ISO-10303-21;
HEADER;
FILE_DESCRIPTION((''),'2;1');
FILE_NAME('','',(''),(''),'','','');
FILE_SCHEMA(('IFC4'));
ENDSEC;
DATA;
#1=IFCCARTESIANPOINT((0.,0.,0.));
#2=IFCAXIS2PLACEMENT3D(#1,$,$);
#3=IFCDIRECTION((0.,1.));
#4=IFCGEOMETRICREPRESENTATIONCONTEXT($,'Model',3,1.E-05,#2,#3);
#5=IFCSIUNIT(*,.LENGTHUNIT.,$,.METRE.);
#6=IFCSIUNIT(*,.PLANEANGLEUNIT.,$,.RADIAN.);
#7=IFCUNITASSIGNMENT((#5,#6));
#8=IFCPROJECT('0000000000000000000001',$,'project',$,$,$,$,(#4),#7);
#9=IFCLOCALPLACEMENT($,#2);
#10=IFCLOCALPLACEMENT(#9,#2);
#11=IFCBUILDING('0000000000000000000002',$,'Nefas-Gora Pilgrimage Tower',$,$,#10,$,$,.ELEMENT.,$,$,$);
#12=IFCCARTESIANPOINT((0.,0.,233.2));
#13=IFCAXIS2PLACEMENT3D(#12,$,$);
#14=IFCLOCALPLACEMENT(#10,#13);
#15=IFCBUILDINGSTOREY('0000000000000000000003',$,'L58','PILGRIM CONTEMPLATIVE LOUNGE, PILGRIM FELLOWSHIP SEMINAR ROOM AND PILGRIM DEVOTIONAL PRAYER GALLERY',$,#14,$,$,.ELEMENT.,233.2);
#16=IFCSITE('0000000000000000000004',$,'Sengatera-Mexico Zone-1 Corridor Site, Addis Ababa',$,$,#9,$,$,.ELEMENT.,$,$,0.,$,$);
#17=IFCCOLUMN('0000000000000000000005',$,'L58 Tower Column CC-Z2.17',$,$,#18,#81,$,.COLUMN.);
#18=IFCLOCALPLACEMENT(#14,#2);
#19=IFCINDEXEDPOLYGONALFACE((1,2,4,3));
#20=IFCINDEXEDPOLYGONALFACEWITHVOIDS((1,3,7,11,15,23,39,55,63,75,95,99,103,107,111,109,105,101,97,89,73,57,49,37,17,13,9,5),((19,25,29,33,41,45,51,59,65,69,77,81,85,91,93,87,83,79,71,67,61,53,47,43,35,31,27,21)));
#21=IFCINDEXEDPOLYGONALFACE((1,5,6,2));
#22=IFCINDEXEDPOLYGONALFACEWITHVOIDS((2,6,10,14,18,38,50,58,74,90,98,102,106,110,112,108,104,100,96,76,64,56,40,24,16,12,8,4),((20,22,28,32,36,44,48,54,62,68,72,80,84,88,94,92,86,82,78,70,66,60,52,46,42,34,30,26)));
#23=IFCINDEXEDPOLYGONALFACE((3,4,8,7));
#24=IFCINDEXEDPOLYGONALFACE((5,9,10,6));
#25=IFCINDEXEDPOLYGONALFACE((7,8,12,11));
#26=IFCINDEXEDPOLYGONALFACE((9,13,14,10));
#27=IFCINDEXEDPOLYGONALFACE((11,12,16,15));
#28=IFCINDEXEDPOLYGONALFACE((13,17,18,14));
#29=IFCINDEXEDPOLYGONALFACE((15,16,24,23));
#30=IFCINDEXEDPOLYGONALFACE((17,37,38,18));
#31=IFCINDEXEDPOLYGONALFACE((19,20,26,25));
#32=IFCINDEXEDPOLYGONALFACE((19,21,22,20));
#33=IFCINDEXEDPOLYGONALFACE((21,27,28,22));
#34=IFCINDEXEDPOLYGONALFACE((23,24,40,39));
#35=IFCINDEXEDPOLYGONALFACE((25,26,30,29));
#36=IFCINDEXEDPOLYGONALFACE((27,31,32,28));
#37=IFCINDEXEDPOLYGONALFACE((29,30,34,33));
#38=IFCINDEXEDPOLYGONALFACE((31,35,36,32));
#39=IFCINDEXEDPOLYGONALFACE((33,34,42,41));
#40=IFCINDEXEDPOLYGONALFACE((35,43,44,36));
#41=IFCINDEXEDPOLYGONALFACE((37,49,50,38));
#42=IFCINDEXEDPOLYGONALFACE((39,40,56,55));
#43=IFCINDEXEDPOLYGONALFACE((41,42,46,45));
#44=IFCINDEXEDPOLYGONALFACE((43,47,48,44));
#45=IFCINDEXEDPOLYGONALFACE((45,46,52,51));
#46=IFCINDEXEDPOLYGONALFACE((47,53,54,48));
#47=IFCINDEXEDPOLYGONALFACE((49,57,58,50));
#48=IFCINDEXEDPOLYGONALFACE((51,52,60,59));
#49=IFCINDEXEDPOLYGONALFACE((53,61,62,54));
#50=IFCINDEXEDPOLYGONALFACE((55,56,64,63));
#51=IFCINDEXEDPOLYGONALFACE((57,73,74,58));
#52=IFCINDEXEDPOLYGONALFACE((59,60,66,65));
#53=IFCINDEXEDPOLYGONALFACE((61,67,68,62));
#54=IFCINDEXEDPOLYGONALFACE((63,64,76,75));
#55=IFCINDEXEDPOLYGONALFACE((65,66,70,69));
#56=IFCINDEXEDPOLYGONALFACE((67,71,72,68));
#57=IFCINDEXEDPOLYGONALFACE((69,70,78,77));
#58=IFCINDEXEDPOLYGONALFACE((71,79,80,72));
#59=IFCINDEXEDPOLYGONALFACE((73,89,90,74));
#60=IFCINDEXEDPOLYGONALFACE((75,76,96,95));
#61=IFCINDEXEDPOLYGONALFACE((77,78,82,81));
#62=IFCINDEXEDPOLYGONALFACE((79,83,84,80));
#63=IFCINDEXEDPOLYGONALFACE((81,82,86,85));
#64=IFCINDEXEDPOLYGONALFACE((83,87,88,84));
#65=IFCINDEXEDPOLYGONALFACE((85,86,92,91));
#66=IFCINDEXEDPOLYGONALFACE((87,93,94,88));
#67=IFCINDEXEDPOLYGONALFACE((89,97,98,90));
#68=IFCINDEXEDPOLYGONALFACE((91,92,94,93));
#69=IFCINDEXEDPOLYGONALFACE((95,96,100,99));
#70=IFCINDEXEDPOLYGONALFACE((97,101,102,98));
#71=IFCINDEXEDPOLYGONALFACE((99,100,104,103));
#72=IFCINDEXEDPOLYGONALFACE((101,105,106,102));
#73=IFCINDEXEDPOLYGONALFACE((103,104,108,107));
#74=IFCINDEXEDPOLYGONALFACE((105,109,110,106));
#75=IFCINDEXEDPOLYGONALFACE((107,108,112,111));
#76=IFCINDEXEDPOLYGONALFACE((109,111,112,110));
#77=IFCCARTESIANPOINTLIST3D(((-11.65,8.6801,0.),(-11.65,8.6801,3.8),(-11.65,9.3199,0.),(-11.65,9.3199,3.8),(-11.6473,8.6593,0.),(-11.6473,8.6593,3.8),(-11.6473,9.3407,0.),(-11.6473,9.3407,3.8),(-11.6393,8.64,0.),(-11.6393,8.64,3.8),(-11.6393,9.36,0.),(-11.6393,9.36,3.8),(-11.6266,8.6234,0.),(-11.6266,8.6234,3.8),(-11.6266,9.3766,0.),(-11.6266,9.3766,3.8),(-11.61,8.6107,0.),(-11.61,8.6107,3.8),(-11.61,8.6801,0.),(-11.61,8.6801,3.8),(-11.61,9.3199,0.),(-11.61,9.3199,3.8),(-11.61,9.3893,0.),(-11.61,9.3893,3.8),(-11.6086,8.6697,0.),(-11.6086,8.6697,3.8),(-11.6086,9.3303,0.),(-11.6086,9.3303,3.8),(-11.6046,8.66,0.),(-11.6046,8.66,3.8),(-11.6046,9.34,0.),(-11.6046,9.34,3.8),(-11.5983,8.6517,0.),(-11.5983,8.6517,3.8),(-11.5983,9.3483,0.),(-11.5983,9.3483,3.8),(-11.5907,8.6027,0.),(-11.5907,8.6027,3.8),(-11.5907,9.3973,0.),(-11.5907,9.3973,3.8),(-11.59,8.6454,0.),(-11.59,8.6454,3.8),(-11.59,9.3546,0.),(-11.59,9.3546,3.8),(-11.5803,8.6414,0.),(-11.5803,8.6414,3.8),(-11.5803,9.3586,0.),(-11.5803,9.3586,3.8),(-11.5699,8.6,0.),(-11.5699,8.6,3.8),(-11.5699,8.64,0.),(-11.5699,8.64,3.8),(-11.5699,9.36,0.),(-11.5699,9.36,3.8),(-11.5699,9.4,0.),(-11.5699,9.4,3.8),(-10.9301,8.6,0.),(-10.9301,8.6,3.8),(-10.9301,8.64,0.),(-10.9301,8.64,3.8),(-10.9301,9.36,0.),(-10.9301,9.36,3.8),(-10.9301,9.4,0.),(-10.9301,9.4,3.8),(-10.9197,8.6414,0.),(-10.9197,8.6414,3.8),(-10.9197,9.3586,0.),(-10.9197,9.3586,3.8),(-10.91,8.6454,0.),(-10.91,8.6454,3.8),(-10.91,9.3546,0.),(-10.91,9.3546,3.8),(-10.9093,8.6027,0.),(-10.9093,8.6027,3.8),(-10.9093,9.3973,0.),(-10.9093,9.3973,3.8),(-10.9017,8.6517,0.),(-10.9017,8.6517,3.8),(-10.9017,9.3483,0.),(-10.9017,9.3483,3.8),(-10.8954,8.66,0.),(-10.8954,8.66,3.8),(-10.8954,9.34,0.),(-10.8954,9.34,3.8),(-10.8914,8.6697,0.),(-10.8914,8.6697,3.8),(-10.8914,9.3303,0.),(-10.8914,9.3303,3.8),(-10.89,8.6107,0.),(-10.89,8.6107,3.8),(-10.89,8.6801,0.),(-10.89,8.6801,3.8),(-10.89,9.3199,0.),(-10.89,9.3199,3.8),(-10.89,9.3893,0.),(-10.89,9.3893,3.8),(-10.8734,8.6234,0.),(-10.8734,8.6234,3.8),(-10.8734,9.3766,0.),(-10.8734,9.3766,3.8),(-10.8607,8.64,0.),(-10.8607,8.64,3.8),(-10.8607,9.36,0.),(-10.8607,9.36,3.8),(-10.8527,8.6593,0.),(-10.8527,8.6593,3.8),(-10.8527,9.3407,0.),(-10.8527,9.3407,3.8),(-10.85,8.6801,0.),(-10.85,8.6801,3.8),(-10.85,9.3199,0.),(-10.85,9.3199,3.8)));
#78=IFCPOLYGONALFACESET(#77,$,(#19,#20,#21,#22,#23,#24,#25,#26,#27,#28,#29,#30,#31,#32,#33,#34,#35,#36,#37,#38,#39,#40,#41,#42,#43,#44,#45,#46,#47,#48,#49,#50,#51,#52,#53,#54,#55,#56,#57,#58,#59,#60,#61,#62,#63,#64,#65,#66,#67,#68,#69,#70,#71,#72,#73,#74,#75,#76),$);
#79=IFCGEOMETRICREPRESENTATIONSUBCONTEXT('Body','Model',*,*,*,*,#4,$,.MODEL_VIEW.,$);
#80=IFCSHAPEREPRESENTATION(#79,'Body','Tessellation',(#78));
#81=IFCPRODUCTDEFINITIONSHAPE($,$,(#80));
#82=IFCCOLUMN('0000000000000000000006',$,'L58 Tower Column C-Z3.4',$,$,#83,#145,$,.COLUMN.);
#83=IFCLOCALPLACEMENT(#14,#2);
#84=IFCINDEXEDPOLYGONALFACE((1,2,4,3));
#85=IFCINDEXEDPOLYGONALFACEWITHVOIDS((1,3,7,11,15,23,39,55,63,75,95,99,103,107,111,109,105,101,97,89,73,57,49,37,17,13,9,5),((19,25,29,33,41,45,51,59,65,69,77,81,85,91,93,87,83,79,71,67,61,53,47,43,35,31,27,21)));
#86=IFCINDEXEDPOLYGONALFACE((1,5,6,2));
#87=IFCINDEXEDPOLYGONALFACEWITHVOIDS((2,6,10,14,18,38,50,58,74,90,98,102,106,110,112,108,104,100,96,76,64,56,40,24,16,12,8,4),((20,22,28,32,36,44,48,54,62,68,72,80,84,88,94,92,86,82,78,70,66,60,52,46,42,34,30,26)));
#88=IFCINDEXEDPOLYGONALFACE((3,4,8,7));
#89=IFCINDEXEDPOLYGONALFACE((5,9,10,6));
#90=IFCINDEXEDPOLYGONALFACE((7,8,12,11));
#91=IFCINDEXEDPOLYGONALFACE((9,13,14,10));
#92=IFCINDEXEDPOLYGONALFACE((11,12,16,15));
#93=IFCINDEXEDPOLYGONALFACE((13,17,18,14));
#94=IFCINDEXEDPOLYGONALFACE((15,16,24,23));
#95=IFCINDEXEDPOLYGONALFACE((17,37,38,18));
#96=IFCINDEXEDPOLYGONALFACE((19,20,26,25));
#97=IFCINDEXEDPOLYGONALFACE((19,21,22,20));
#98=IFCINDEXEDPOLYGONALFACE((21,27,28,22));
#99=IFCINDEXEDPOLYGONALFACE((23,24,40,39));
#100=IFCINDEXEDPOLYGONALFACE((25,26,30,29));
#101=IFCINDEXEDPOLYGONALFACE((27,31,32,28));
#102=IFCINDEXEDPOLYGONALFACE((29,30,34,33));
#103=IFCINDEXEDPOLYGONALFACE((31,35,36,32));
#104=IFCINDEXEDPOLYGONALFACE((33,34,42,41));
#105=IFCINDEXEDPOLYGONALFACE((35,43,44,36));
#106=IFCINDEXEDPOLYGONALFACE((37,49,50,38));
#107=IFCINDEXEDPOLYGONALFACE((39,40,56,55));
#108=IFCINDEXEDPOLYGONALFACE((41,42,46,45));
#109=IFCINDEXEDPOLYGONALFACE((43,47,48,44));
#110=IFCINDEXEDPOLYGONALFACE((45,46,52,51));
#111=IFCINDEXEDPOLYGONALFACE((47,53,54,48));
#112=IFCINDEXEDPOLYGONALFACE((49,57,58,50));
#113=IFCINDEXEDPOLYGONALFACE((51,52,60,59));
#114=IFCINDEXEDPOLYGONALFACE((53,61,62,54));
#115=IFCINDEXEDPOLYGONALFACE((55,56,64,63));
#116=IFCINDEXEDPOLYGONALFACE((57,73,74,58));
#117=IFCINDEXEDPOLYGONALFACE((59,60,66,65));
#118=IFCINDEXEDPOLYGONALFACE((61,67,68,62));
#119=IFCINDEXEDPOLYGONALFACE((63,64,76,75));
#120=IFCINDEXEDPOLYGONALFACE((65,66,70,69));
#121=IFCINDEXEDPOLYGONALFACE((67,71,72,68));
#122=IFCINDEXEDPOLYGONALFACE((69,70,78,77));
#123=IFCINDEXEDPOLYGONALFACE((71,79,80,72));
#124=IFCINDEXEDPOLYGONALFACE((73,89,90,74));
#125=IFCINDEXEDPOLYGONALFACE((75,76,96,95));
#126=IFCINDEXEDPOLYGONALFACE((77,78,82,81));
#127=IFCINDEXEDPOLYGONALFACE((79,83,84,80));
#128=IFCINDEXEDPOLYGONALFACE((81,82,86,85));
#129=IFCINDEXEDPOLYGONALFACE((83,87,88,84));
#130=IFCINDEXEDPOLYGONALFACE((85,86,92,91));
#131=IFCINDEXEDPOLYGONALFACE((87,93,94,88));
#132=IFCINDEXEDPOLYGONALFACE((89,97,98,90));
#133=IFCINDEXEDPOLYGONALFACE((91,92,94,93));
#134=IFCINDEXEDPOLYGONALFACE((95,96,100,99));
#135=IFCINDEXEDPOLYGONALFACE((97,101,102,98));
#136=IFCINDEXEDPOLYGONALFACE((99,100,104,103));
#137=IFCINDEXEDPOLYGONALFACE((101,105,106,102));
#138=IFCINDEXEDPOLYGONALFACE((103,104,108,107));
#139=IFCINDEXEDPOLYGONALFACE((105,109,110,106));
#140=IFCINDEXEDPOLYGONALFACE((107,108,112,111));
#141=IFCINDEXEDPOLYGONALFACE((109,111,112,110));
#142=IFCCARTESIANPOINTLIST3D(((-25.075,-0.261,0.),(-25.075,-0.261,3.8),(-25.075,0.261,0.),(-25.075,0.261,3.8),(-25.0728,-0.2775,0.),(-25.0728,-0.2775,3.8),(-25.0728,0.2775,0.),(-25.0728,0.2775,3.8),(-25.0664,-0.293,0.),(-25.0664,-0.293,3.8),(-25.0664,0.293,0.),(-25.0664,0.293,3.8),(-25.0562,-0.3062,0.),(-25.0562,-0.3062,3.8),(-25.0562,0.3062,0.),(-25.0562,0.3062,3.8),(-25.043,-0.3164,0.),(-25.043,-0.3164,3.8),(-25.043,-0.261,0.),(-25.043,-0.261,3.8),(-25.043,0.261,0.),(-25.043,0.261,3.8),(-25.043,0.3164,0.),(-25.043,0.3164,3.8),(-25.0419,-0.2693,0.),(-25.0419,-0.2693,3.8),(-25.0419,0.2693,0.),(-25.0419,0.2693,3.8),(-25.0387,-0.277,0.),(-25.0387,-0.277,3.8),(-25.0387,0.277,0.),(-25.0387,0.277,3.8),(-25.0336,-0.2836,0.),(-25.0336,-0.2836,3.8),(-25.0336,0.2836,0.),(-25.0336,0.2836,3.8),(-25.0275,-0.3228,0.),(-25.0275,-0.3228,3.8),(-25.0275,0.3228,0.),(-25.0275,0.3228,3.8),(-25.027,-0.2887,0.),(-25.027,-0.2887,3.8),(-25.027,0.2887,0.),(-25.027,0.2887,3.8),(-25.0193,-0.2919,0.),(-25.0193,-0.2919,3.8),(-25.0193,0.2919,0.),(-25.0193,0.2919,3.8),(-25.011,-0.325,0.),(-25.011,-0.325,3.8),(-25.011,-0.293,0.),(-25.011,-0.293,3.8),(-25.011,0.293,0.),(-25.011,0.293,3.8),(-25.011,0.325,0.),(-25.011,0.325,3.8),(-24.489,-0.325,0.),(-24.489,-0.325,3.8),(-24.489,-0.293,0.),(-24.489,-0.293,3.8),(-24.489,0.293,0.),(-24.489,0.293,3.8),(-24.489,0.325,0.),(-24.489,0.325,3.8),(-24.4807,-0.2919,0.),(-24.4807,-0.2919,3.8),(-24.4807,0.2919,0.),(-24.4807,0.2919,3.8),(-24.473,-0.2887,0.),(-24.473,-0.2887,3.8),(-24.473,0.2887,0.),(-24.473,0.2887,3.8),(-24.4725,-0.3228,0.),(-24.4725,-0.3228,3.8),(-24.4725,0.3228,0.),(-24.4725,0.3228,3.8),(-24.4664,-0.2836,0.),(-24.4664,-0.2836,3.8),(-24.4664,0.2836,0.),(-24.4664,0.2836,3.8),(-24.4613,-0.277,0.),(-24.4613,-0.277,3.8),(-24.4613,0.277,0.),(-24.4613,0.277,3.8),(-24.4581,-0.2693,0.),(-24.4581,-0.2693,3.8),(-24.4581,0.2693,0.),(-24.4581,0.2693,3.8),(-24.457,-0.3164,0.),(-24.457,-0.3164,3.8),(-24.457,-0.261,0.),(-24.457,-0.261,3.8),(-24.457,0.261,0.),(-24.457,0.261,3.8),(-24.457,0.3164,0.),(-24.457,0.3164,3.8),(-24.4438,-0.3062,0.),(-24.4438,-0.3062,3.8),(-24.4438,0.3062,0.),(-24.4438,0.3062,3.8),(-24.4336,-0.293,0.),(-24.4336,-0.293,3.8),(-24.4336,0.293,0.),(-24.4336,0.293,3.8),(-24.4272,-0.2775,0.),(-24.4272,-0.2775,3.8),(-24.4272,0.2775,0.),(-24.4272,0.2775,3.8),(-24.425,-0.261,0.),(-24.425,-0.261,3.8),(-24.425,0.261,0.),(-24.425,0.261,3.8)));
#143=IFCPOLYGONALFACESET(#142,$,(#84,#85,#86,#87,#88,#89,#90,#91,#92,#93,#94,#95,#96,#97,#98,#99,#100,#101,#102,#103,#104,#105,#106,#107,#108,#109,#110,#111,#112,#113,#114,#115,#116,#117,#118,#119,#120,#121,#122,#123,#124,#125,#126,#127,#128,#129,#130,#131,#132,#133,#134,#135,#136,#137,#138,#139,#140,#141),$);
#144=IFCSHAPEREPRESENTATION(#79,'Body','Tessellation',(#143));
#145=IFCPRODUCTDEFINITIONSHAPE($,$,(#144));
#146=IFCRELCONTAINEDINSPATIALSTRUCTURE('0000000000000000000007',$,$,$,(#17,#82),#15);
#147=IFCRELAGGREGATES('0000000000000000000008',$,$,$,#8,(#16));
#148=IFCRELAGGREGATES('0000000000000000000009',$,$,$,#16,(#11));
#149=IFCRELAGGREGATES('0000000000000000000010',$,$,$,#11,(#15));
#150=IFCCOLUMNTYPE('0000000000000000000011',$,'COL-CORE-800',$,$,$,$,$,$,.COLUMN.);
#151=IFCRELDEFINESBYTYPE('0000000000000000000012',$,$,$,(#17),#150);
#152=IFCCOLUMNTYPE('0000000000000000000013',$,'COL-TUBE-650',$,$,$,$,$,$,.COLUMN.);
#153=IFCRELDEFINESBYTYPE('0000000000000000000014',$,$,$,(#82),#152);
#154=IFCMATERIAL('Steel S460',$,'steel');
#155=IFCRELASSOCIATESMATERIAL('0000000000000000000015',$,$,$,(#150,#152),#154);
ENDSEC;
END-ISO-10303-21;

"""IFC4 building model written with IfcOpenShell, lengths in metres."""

from ifc_helpers import new_model, si_unit, direction, frame, origin, origin_2d, place, context, subcontext, project, spatial, hollow_rectangle, extrude, source, transform, mapped, material, material_profile, profile_set, type_object, element, save


model = new_model("IFC4")

# Units and contexts
model_context = context("Model", 3, precision=1e-05, world=origin(), true_north=direction((0.0, 1.0)))
body_context = subcontext(model_context, "Body", "Model", "MODEL_VIEW")
ifc_project = project(units=[si_unit("LENGTHUNIT", "METRE"), si_unit("PLANEANGLEUNIT", "RADIAN")], contexts=[model_context])

# Site, building, storey
site_placement = place(None, origin())
site = spatial("IfcSite", under=ifc_project, at=site_placement, Name="Sengatera-Mexico Zone-1 Corridor Site, Addis Ababa", CompositionType="ELEMENT", RefElevation=0.0)
building_placement = place(site_placement, origin())
building = spatial("IfcBuilding", under=site, at=building_placement, Name="Nefas-Gora Pilgrimage Tower", CompositionType="ELEMENT")
storey_placement = place(building_placement, frame((0.0, 0.0, 233.2)))
storey = spatial("IfcBuildingStorey", under=building, at=storey_placement, Name="L58", Description="PILGRIM CONTEMPLATIVE LOUNGE, PILGRIM FELLOWSHIP SEMINAR ROOM AND PILGRIM DEVOTIONAL PRAYER GALLERY", CompositionType="ELEMENT", Elevation=233.2)

# Columns
ifc_material_1 = material(Name="Steel S460", Category="steel")
ifc_material_profile_1 = material_profile(ifc_material_1, hollow_rectangle(XDim=0.8, YDim=0.8, WallThickness=0.04, InnerFilletRadius=0.04, OuterFilletRadius=0.0801, at=origin_2d()), Name="BOX 800x800x40")
ifc_profile_set_1 = profile_set([ifc_material_profile_1], Name="Steel S460")
column_type_1 = type_object("IfcColumnType", Name="COL-CORE-800", PredefinedType="COLUMN", material=ifc_profile_set_1)
shared_shape_1 = source(origin(), body_context, "Body", "SweptSolid", [
    extrude(hollow_rectangle(XDim=0.8, YDim=0.8, WallThickness=0.04, InnerFilletRadius=0.04, OuterFilletRadius=0.0801, at=origin_2d()), origin(), (0.0, 0.0, 1.0), 3.8),
])
column_placement = place(storey_placement, frame((-11.25, 9.0, 0.0), z_axis=(0.0, 0.0, 1.0), x_axis=(1.0, 0.0, 0.0)))
element("IfcColumn", 1, at=column_placement, inside=storey, type_object=column_type_1, Name="L58 Tower Column CC-Z2.17", PredefinedType="COLUMN", context=body_context, shape_type="MappedRepresentation", body=[
    mapped(shared_shape_1, transform((0.0, 0.0, 0.0), x_axis=(1.0, 0.0, 0.0), y_axis=(0.0, 1.0, 0.0), z_axis=(0.0, 0.0, 1.0), scale=1.0)),
])
ifc_material_profile_2 = material_profile(ifc_material_1, hollow_rectangle(XDim=0.6499, YDim=0.6499, WallThickness=0.032, InnerFilletRadius=0.032, OuterFilletRadius=0.064, at=origin_2d()), Name="BOX 650x650x32")
ifc_profile_set_2 = profile_set([ifc_material_profile_2], Name="Steel S460")
column_type_2 = type_object("IfcColumnType", Name="COL-TUBE-650", PredefinedType="COLUMN", material=ifc_profile_set_2)
shared_shape_2 = source(origin(), body_context, "Body", "SweptSolid", [
    extrude(hollow_rectangle(XDim=0.6499, YDim=0.6499, WallThickness=0.032, InnerFilletRadius=0.032, OuterFilletRadius=0.064, at=origin_2d()), origin(), (0.0, 0.0, 1.0), 3.8),
])
for number, where, z_axis, x_axis, name in (
    (2, (-24.75, 0.0, 0.0), (0.0, 0.0, 1.0), (1.0, 0.0, 0.0), "L58 Tower Column C-Z3.4"),
):
    element("IfcColumn", number, at=place(storey_placement, frame(where, z_axis=z_axis, x_axis=x_axis)), inside=storey, type_object=column_type_2, Name=name, PredefinedType="COLUMN", context=body_context, shape_type="MappedRepresentation", body=[
        mapped(shared_shape_2, transform((0.0, 0.0, 0.0), x_axis=(1.0, 0.0, 0.0), y_axis=(0.0, 1.0, 0.0), z_axis=(0.0, 0.0, 1.0), scale=1.0)),
    ])

save(model, "model.ifc")
